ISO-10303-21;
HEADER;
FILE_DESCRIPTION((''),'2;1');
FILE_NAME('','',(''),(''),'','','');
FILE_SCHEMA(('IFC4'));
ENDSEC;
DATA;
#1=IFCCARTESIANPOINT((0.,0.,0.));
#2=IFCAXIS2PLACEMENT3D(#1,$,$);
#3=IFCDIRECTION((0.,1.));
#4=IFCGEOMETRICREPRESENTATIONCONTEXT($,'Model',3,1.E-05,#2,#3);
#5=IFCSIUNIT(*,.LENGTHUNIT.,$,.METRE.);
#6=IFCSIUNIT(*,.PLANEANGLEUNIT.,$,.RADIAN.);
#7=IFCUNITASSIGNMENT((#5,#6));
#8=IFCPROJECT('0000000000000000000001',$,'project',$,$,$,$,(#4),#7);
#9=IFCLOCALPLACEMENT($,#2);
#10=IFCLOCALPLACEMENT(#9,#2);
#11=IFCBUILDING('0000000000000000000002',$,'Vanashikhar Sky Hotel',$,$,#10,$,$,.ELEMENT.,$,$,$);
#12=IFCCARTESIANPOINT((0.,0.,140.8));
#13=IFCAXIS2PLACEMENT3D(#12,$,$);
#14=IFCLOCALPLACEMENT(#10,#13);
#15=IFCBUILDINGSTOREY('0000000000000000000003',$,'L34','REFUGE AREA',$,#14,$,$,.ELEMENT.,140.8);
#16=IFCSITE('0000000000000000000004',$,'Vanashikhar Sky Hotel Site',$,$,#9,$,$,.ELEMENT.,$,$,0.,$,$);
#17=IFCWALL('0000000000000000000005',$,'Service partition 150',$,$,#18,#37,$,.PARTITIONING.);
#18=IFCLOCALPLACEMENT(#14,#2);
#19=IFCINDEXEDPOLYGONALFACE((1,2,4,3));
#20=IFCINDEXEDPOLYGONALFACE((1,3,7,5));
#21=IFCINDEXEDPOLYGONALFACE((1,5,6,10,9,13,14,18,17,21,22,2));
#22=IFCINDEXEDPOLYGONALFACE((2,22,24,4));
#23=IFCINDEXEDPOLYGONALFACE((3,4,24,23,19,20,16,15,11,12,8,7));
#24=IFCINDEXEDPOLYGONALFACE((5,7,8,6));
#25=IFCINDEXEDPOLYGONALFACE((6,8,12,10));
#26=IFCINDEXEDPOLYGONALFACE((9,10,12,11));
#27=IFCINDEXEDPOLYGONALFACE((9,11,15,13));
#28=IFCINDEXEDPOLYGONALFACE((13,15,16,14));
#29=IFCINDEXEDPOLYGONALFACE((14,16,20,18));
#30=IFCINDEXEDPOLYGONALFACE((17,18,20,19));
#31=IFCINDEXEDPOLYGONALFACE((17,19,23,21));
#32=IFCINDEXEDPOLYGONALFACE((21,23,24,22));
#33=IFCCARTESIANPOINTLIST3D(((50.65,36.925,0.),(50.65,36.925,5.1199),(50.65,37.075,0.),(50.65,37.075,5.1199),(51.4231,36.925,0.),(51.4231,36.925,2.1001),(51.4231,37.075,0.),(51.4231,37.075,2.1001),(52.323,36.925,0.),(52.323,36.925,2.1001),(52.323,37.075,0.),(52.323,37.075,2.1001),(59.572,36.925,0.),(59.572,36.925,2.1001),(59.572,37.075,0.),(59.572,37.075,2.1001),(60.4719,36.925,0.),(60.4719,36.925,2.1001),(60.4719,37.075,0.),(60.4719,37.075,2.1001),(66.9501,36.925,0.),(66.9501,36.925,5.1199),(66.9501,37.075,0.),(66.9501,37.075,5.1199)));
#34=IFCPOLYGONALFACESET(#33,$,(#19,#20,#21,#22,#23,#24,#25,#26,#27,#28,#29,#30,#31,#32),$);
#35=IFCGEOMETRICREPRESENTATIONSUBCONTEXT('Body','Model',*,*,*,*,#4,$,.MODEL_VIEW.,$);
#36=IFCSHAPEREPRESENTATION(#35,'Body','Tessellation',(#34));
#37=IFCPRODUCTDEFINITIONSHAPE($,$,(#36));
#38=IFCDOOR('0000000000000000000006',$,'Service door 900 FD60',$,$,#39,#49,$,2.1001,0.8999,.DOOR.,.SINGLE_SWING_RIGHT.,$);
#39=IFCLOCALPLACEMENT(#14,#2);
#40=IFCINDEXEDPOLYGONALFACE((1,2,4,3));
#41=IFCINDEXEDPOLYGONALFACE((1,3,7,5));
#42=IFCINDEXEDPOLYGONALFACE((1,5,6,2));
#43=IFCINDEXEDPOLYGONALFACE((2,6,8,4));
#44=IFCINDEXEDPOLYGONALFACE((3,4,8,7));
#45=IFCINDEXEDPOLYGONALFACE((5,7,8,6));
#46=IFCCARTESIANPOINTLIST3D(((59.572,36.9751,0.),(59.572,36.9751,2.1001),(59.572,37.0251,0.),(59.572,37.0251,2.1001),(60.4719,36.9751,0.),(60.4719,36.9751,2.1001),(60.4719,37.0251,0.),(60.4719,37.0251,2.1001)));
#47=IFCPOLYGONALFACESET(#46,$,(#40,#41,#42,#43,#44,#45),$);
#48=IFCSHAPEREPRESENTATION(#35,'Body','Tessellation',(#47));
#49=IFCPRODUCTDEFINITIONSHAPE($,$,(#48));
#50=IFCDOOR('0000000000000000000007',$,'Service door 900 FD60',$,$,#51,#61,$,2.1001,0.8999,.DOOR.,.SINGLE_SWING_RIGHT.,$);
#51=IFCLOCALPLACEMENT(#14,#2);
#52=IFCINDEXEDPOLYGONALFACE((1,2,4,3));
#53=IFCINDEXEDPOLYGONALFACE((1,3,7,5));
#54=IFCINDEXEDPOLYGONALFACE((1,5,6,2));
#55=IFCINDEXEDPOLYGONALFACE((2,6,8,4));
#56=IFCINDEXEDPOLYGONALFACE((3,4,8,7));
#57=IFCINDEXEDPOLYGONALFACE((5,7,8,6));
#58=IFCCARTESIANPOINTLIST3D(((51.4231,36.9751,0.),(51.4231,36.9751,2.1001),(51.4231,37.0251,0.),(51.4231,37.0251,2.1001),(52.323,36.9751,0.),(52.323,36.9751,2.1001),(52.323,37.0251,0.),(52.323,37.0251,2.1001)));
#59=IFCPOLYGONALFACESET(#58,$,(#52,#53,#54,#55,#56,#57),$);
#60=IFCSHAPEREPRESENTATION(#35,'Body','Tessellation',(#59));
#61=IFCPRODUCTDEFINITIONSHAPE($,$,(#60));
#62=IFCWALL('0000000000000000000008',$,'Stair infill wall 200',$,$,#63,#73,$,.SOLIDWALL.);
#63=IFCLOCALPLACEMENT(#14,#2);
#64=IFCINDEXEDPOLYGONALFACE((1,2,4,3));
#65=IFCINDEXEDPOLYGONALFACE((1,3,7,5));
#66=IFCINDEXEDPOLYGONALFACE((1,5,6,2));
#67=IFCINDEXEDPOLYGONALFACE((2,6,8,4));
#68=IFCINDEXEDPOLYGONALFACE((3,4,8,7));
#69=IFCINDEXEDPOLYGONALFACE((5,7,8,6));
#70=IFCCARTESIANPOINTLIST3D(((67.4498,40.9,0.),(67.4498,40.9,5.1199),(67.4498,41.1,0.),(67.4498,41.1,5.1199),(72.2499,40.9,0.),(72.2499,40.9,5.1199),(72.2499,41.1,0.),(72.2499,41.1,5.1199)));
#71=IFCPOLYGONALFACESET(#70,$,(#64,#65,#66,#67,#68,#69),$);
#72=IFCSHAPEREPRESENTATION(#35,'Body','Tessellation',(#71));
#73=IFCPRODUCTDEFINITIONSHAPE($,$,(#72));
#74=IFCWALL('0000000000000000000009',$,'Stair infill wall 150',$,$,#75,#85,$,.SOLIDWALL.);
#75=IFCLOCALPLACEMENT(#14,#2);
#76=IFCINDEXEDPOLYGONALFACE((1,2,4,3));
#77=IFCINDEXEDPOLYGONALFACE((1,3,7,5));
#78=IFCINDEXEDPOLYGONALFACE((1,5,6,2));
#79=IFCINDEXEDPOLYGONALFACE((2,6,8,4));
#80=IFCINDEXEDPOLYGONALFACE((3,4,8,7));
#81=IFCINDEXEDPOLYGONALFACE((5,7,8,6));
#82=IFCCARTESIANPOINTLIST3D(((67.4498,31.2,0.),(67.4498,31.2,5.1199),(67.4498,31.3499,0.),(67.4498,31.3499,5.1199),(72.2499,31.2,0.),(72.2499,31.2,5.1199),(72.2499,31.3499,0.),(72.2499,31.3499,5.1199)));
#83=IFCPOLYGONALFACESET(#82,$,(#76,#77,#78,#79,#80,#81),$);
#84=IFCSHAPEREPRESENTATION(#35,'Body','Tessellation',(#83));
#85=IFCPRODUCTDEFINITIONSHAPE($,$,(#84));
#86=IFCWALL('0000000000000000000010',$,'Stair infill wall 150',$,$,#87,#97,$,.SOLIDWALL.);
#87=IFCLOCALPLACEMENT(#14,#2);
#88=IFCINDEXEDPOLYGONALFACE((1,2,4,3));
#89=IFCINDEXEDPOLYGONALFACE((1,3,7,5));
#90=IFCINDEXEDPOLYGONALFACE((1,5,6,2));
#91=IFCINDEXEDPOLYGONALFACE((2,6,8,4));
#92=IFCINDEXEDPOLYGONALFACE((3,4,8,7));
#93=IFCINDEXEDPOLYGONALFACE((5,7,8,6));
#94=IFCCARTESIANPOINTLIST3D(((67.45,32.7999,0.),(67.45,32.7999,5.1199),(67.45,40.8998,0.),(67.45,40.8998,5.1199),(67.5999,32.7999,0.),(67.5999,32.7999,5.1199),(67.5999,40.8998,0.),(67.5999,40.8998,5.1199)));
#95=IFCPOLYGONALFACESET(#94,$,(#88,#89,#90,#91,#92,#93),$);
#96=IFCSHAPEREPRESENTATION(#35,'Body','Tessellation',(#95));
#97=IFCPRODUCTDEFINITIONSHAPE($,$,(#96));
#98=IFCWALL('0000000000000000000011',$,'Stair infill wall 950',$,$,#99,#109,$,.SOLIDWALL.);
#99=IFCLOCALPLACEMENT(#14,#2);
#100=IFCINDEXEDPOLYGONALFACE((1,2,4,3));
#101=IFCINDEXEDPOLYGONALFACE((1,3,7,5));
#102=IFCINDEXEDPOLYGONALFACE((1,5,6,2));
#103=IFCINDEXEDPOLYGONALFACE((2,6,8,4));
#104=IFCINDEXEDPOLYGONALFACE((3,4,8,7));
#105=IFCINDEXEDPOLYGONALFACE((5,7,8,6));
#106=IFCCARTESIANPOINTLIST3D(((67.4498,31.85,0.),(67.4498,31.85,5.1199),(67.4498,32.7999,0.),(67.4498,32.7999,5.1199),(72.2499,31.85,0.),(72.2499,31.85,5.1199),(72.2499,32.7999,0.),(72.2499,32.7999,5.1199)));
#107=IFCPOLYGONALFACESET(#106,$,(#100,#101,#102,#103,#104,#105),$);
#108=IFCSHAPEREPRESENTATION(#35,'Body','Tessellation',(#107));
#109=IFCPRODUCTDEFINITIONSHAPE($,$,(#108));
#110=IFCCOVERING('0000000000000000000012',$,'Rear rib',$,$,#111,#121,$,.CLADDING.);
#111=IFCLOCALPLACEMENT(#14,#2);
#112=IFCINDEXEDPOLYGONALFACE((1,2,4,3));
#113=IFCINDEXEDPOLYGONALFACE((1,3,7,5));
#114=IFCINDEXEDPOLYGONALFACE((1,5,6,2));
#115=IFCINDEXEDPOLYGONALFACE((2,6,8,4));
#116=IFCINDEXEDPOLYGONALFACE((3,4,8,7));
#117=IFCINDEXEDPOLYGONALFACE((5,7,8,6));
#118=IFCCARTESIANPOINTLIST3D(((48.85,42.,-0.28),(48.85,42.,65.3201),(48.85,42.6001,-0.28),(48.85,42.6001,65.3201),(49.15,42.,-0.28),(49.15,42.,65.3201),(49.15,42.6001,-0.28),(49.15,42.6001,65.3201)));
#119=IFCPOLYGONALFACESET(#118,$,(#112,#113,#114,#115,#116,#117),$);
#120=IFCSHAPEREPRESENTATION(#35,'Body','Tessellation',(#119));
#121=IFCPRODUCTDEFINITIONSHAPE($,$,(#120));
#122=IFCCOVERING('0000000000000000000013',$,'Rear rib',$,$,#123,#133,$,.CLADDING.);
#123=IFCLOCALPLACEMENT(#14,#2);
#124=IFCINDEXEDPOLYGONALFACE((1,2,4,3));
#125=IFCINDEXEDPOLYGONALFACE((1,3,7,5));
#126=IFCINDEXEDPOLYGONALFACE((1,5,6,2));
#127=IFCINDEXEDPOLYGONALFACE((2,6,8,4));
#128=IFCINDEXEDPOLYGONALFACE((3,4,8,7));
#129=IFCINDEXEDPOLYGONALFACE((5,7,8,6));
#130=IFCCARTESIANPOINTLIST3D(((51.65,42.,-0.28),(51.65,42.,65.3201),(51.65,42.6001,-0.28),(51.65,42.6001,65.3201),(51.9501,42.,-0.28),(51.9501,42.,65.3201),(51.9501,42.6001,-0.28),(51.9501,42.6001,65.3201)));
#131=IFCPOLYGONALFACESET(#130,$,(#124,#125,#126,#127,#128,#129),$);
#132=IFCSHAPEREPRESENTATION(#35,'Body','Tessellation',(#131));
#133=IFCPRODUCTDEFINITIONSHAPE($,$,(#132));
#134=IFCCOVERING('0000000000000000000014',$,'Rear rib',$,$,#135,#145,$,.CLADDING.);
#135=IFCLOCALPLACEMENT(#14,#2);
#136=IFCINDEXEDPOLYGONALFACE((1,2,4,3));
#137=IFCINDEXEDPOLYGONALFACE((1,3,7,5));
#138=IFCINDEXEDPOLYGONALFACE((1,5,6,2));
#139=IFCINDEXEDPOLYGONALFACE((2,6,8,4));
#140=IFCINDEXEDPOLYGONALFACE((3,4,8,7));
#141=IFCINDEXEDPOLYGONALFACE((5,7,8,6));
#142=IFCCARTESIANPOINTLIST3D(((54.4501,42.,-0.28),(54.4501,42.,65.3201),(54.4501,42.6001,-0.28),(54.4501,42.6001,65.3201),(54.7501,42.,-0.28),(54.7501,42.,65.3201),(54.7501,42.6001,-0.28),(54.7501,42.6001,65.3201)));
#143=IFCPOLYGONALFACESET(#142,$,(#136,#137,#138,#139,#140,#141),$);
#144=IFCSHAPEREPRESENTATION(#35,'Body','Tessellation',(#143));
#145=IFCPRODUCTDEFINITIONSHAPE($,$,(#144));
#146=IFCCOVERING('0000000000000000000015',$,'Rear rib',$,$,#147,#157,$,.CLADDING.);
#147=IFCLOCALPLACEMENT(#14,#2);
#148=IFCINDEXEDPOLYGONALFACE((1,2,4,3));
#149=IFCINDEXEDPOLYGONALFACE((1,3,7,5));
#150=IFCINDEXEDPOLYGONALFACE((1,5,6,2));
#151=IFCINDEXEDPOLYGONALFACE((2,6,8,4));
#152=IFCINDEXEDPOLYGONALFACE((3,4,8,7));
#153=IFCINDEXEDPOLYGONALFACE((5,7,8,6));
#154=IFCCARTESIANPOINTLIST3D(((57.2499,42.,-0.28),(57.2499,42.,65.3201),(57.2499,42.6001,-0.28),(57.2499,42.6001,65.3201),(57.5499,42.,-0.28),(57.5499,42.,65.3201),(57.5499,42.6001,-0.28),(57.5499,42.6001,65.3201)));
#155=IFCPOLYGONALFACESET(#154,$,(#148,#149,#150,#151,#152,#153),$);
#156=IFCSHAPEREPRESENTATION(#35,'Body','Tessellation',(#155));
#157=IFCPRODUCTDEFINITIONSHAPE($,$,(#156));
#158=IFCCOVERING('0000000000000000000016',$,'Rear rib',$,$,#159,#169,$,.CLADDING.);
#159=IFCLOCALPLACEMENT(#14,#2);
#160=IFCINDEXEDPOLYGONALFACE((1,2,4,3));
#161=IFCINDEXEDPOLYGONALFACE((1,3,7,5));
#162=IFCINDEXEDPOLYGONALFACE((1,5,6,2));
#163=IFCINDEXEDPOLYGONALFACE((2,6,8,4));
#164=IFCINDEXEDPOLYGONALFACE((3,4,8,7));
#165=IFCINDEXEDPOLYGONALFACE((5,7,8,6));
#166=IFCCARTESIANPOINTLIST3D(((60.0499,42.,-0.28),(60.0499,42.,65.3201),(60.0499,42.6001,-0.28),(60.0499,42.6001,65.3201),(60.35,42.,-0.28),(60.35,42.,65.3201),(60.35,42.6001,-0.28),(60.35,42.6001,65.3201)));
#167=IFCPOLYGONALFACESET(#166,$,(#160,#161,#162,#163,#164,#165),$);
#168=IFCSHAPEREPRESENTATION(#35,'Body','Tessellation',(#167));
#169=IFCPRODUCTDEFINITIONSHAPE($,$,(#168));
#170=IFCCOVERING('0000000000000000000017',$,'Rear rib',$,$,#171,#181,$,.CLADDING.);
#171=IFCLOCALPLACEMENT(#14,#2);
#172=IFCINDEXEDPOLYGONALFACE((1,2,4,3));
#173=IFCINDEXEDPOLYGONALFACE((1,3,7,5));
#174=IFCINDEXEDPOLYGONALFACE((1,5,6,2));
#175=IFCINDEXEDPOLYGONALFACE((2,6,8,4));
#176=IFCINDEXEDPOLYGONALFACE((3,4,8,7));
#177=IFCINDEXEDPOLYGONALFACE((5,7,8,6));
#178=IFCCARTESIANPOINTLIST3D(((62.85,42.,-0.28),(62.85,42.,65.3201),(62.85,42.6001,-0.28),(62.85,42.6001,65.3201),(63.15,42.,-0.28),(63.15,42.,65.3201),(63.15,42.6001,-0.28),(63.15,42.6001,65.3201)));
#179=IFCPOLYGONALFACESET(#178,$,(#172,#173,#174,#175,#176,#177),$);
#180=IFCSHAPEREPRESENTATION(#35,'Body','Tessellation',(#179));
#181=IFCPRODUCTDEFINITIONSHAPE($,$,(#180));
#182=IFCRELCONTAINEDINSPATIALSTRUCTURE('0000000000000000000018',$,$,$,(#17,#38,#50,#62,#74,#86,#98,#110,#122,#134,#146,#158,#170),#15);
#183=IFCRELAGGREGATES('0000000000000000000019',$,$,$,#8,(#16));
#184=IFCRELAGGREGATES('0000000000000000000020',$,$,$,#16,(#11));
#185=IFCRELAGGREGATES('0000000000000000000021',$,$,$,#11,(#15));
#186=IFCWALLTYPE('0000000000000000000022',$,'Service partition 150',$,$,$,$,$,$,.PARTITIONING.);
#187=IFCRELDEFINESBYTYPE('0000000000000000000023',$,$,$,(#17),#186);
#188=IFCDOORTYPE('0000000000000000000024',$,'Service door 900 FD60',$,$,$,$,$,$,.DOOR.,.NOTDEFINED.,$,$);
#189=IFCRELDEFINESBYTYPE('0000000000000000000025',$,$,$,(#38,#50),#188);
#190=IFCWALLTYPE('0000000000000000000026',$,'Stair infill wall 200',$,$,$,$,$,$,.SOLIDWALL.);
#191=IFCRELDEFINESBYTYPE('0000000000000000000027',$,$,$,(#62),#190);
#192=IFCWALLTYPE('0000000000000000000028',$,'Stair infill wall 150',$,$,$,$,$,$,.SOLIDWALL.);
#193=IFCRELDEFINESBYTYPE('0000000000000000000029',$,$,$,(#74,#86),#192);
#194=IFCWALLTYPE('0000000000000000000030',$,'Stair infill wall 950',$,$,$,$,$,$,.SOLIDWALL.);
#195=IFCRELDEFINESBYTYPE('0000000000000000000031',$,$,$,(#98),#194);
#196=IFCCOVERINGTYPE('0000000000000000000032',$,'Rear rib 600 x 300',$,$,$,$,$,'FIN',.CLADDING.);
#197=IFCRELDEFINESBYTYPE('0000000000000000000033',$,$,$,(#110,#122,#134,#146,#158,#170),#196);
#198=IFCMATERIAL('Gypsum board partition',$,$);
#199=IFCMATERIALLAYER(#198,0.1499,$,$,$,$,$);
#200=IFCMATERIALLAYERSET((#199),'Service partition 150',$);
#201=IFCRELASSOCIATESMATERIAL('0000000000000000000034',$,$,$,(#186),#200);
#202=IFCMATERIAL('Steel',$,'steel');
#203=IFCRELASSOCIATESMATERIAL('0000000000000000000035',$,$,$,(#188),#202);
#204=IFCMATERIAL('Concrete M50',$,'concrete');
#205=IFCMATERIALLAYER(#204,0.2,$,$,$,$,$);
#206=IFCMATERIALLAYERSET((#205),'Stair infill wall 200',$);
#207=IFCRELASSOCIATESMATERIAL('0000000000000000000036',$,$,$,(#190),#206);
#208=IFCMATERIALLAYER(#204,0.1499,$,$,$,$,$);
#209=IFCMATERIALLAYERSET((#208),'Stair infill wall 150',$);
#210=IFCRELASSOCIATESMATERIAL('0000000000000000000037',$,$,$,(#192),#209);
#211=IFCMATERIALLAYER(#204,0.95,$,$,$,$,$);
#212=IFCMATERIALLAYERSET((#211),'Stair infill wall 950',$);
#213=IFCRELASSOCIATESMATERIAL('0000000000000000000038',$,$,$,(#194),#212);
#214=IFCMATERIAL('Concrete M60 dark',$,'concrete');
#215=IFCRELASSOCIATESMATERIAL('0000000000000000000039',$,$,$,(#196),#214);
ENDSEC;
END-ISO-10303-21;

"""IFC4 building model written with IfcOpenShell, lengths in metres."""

from ifc_helpers import new_model, si_unit, direction, frame, frame_2d, origin, origin_2d, place, context, subcontext, project, spatial, rectangle, extrude, source, transform, mapped, material, layer, layer_set, material_profile, profile_set, type_object, element, fill, save


model = new_model("IFC4")

# Units and contexts
model_context = context("Model", 3, precision=1e-05, world=origin(), true_north=direction((0.0, 1.0)))
body_context = subcontext(model_context, "Body", "Model", "MODEL_VIEW")
ifc_project = project(units=[si_unit("LENGTHUNIT", "METRE"), si_unit("PLANEANGLEUNIT", "RADIAN")], contexts=[model_context])

# Site, building, storey
site_placement = place(None, origin())
site = spatial("IfcSite", under=ifc_project, at=site_placement, Name="Vanashikhar Sky Hotel Site", CompositionType="ELEMENT", RefElevation=0.0)
building_placement = place(site_placement, origin())
building = spatial("IfcBuilding", under=site, at=building_placement, Name="Vanashikhar Sky Hotel", CompositionType="ELEMENT")
storey_placement = place(building_placement, frame((0.0, 0.0, 140.8)))
storey = spatial("IfcBuildingStorey", under=building, at=storey_placement, Name="L34", Description="REFUGE AREA", CompositionType="ELEMENT", Elevation=140.8)

# Shared definitions
ifc_material_1 = material(Name="Steel", Category="steel")

# Shared definitions
ifc_material_2 = material(Name="Gypsum board partition")
ifc_layer_1 = layer(ifc_material_2, 0.1499)
ifc_layer_set_1 = layer_set([ifc_layer_1], Name="Service partition 150")
wall_type_1 = type_object("IfcWallType", Name="Service partition 150", PredefinedType="PARTITIONING", material=ifc_layer_set_1)

# Shared definitions
shared_shape_1 = source(origin(), body_context, "Body", "SweptSolid", [
    extrude(rectangle(XDim=0.8999, YDim=2.1001, at=frame_2d((0.45, 1.05))), frame((0.0, 0.085, 0.0), z_axis=(0.0, -1.0, 0.0), x_axis=(1.0, 0.0, 0.0)), (0.0, 0.0, 1.0), 0.1699),
])
door_type_1 = type_object("IfcDoorType", Name="Service door 900 FD60", OperationType="NOTDEFINED", PredefinedType="DOOR", material=ifc_material_1)
shared_shape_2 = source(origin(), body_context, "Body", "SweptSolid", [
    extrude(rectangle(XDim=0.8999, YDim=2.1001, at=frame_2d((0.45, 1.05))), frame((0.0, 0.0249, 0.0), z_axis=(0.0, -1.0, 0.0), x_axis=(1.0, 0.0, 0.0)), (0.0, 0.0, 1.0), 0.05),
])

# Wall, openings, doors
shared_shape_3 = source(origin(), body_context, "Body", "SweptSolid", [
    extrude(rectangle(XDim=16.3, YDim=0.1499, at=frame_2d((8.1499, 0.0))), origin(), (0.0, 0.0, 1.0), 5.1199),
])
wall_1_placement = place(storey_placement, frame((66.95, 37.0, 0.0), z_axis=(0.0, 0.0, 1.0), x_axis=(-1.0, 0.0, 0.0)))
wall_1 = element("IfcWall", 1, at=wall_1_placement, inside=storey, type_object=wall_type_1, Name="Service partition 150", PredefinedType="PARTITIONING", context=body_context, shape_type="MappedRepresentation", body=[
    mapped(shared_shape_3, transform((0.0, 0.0, 0.0), scale=1.0)),
])
opening_1_placement = place(wall_1_placement, frame((6.478, 0.0, 0.0)))
opening_1 = element("IfcOpeningElement", 2, at=opening_1_placement, cuts=wall_1, PredefinedType="OPENING", context=body_context, shape_type="MappedRepresentation", body=[
    mapped(shared_shape_1, transform((0.0, 0.0, 0.0), scale=1.0)),
])
opening_2_placement = place(wall_1_placement, frame((14.627, 0.0, 0.0)))
opening_2 = element("IfcOpeningElement", 3, at=opening_2_placement, cuts=wall_1, PredefinedType="OPENING", context=body_context, shape_type="MappedRepresentation", body=[
    mapped(shared_shape_1, transform((0.0, 0.0, 0.0), scale=1.0)),
])
door_1_placement = place(opening_1_placement, origin())
door_1 = element("IfcDoor", 4, at=door_1_placement, inside=storey, type_object=door_type_1, Name="Service door 900 FD60", OperationType="SINGLE_SWING_RIGHT", OverallHeight=2.1001, OverallWidth=0.8999, PredefinedType="DOOR", context=body_context, shape_type="MappedRepresentation", body=[
    mapped(shared_shape_2, transform((0.0, 0.0, 0.0), scale=1.0)),
])
fill(opening_1, door_1)
door_2_placement = place(opening_2_placement, origin())
door_2 = element("IfcDoor", 5, at=door_2_placement, inside=storey, type_object=door_type_1, Name="Service door 900 FD60", OperationType="SINGLE_SWING_RIGHT", OverallHeight=2.1001, OverallWidth=0.8999, PredefinedType="DOOR", context=body_context, shape_type="MappedRepresentation", body=[
    mapped(shared_shape_2, transform((0.0, 0.0, 0.0), scale=1.0)),
])
fill(opening_2, door_2)

# Walls
ifc_material_3 = material(Name="Concrete M50", Category="concrete")
ifc_layer_2 = layer(ifc_material_3, 0.2)
ifc_layer_set_2 = layer_set([ifc_layer_2], Name="Stair infill wall 200")
wall_type_2 = type_object("IfcWallType", Name="Stair infill wall 200", PredefinedType="SOLIDWALL", material=ifc_layer_set_2)
shared_shape_4 = source(origin(), body_context, "Body", "SweptSolid", [
    extrude(rectangle(XDim=4.8, YDim=0.2, at=frame_2d((2.3999, 0.0))), origin(), (0.0, 0.0, 1.0), 5.1199),
])
wall_2_placement = place(storey_placement, frame((67.45, 41.0, 0.0), z_axis=(0.0, 0.0, 1.0), x_axis=(1.0, 0.0, 0.0)))
element("IfcWall", 6, at=wall_2_placement, inside=storey, type_object=wall_type_2, Name="Stair infill wall 200", PredefinedType="SOLIDWALL", context=body_context, shape_type="MappedRepresentation", body=[
    mapped(shared_shape_4, transform((0.0, 0.0, 0.0), scale=1.0)),
])
ifc_layer_3 = layer(ifc_material_3, 0.1499)
ifc_layer_set_3 = layer_set([ifc_layer_3], Name="Stair infill wall 150")
wall_type_3 = type_object("IfcWallType", Name="Stair infill wall 150", PredefinedType="SOLIDWALL", material=ifc_layer_set_3)
shared_shape_5 = source(origin(), body_context, "Body", "SweptSolid", [
    extrude(rectangle(XDim=4.8, YDim=0.1499, at=frame_2d((2.3999, 0.0))), origin(), (0.0, 0.0, 1.0), 5.1199),
])
wall_3_placement = place(storey_placement, frame((67.45, 31.2749, 0.0), z_axis=(0.0, 0.0, 1.0), x_axis=(1.0, 0.0, 0.0)))
element("IfcWall", 7, at=wall_3_placement, inside=storey, type_object=wall_type_3, Name="Stair infill wall 150", PredefinedType="SOLIDWALL", context=body_context, shape_type="MappedRepresentation", body=[
    mapped(shared_shape_5, transform((0.0, 0.0, 0.0), scale=1.0)),
])
shared_shape_6 = source(origin(), body_context, "Body", "SweptSolid", [
    extrude(rectangle(XDim=8.0999, YDim=0.1499, at=frame_2d((4.0498, 0.0))), origin(), (0.0, 0.0, 1.0), 5.1199),
])
wall_4_placement = place(storey_placement, frame((67.5249, 32.8, 0.0), z_axis=(0.0, 0.0, 1.0), x_axis=(0.0, 1.0, 0.0)))
element("IfcWall", 8, at=wall_4_placement, inside=storey, type_object=wall_type_3, Name="Stair infill wall 150", PredefinedType="SOLIDWALL", context=body_context, shape_type="MappedRepresentation", body=[
    mapped(shared_shape_6, transform((0.0, 0.0, 0.0), scale=1.0)),
])
ifc_layer_4 = layer(ifc_material_3, 0.95)
ifc_layer_set_4 = layer_set([ifc_layer_4], Name="Stair infill wall 950")
wall_type_4 = type_object("IfcWallType", Name="Stair infill wall 950", PredefinedType="SOLIDWALL", material=ifc_layer_set_4)
shared_shape_7 = source(origin(), body_context, "Body", "SweptSolid", [
    extrude(rectangle(XDim=4.8, YDim=0.95, at=frame_2d((2.3999, 0.0))), origin(), (0.0, 0.0, 1.0), 5.1199),
])
wall_5_placement = place(storey_placement, frame((67.45, 32.325, 0.0), z_axis=(0.0, 0.0, 1.0), x_axis=(1.0, 0.0, 0.0)))
element("IfcWall", 9, at=wall_5_placement, inside=storey, type_object=wall_type_4, Name="Stair infill wall 950", PredefinedType="SOLIDWALL", context=body_context, shape_type="MappedRepresentation", body=[
    mapped(shared_shape_7, transform((0.0, 0.0, 0.0), scale=1.0)),
])

# Coverings
ifc_material_4 = material(Name="Concrete M60 dark", Category="concrete")
ifc_material_profile = material_profile(ifc_material_4, rectangle(XDim=0.6001, YDim=0.3, at=origin_2d()))
ifc_profile_set = profile_set([ifc_material_profile], Name="Rear rib 600 x 300")
covering_type = type_object("IfcCoveringType", Name="Rear rib 600 x 300", ElementType="FIN", PredefinedType="CLADDING", material=ifc_profile_set)
shared_shape_8 = source(origin(), body_context, "Body", "SweptSolid", [
    extrude(rectangle(XDim=0.6001, YDim=0.3, at=origin_2d()), origin(), (0.0, 0.0, 1.0), 65.6001),
])
for number, where, z_axis, x_axis, name in (
    (10, (49.0, 42.3, -0.28), (0.0, 0.0, 1.0), (0.0, 1.0, 0.0), "Rear rib"),
    (11, (51.8, 42.3, -0.28), (0.0, 0.0, 1.0), (0.0, 1.0, 0.0), "Rear rib"),
    (12, (54.6001, 42.3, -0.28), (0.0, 0.0, 1.0), (0.0, 1.0, 0.0), "Rear rib"),
    (13, (57.3999, 42.3, -0.28), (0.0, 0.0, 1.0), (0.0, 1.0, 0.0), "Rear rib"),
    (14, (60.2, 42.3, -0.28), (0.0, 0.0, 1.0), (0.0, 1.0, 0.0), "Rear rib"),
    (15, (63.0, 42.3, -0.28), (0.0, 0.0, 1.0), (0.0, 1.0, 0.0), "Rear rib"),
):
    element("IfcCovering", number, at=place(storey_placement, frame(where, z_axis=z_axis, x_axis=x_axis)), inside=storey, type_object=covering_type, Name=name, PredefinedType="CLADDING", context=body_context, shape_type="MappedRepresentation", body=[
        mapped(shared_shape_8, transform((0.0, 0.0, 0.0), scale=1.0)),
    ])

save(model, "model.ifc")
